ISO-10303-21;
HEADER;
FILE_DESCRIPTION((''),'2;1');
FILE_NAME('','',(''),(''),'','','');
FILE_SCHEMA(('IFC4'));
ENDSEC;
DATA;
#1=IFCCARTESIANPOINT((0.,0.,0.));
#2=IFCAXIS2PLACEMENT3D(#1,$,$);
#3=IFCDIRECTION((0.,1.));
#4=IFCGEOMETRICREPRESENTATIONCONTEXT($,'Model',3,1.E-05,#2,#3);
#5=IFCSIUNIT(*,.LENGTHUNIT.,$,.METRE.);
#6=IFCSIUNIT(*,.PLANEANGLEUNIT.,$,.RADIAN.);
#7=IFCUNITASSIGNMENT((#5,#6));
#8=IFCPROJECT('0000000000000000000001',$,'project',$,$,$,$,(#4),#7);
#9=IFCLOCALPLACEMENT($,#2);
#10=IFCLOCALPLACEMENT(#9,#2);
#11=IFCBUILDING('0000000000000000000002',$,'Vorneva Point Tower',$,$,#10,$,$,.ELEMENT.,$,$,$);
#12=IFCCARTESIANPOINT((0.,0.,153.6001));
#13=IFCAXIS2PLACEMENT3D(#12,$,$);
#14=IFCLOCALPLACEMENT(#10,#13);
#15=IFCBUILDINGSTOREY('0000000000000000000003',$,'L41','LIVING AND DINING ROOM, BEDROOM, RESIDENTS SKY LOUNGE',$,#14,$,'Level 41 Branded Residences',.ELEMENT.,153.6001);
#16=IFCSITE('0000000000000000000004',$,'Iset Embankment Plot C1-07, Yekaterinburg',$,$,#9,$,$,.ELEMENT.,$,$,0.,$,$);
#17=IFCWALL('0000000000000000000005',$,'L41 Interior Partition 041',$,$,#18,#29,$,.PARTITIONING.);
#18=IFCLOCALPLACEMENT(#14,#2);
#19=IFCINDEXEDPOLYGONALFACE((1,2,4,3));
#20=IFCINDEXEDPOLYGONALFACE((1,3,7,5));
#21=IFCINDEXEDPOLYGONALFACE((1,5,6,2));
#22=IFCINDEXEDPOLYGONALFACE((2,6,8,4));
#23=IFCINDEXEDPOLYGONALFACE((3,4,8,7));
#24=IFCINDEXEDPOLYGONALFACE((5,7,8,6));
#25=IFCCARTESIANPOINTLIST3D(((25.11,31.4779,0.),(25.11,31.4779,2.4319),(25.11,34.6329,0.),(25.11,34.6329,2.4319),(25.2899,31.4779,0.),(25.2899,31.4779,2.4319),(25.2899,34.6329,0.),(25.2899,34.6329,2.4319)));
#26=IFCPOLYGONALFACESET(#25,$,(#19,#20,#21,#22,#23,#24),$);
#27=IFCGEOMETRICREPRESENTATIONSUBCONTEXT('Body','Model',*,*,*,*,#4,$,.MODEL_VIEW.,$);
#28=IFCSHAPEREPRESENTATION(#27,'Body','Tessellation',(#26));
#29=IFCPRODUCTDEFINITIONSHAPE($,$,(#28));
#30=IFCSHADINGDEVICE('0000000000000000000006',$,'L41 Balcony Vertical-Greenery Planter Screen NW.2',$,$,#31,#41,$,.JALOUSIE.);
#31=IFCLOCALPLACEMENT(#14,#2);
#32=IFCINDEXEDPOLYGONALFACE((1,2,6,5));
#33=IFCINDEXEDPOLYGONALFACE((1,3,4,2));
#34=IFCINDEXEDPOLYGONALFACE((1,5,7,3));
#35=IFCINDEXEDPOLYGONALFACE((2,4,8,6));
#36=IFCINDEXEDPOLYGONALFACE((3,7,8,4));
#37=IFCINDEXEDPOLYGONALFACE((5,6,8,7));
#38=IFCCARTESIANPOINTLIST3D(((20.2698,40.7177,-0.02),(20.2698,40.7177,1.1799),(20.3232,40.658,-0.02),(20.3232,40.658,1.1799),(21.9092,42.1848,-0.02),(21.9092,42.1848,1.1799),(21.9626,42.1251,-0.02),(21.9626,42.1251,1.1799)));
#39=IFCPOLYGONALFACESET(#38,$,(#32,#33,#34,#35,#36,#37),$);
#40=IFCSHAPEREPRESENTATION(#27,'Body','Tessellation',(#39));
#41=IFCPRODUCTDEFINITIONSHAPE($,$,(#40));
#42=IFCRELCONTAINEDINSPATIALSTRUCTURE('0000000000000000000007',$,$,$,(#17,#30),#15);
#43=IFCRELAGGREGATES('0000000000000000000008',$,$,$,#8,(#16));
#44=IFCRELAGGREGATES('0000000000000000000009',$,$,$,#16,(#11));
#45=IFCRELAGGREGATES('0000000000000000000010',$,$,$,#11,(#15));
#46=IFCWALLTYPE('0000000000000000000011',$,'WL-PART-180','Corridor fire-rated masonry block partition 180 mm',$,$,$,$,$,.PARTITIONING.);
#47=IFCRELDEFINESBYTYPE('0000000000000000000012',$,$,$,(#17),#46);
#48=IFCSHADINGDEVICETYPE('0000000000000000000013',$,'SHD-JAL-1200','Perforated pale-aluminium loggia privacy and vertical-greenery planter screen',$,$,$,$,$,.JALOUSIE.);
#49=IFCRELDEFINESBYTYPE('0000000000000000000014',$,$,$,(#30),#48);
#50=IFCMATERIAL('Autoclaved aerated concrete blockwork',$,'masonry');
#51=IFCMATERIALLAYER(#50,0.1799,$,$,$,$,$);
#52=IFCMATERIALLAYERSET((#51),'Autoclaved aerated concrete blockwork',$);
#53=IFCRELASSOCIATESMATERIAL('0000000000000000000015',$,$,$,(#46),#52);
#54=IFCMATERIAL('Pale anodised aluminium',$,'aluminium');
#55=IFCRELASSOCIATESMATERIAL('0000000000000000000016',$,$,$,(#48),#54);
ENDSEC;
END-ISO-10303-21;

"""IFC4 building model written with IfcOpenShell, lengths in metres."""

from ifc_helpers import new_model, si_unit, direction, frame, frame_2d, origin, origin_2d, place, context, subcontext, project, spatial, rectangle, extrude, material, layer, layer_set, type_object, element, save


model = new_model("IFC4")

# Units and contexts
model_context = context("Model", 3, precision=1e-05, world=origin(), true_north=direction((0.0, 1.0)))
body_context = subcontext(model_context, "Body", "Model", "MODEL_VIEW")
ifc_project = project(units=[si_unit("LENGTHUNIT", "METRE"), si_unit("PLANEANGLEUNIT", "RADIAN")], contexts=[model_context])

# Site, building, storey
site_placement = place(None, origin())
site = spatial("IfcSite", under=ifc_project, at=site_placement, Name="Iset Embankment Plot C1-07, Yekaterinburg", CompositionType="ELEMENT", RefElevation=0.0)
building_placement = place(site_placement, origin())
building = spatial("IfcBuilding", under=site, at=building_placement, Name="Vorneva Point Tower", CompositionType="ELEMENT")
storey_placement = place(building_placement, frame((0.0, 0.0, 153.6001)))
storey = spatial("IfcBuildingStorey", under=building, at=storey_placement, Name="L41", Description="LIVING AND DINING ROOM, BEDROOM, RESIDENTS SKY LOUNGE", LongName="Level 41 Branded Residences", CompositionType="ELEMENT", Elevation=153.6001)

# Shared definitions
ifc_material_1 = material(Name="Pale anodised aluminium", Category="aluminium")

# Wall
ifc_material_2 = material(Name="Autoclaved aerated concrete blockwork", Category="masonry")
ifc_layer_1 = layer(ifc_material_2, 0.1799)
ifc_layer_set_1 = layer_set([ifc_layer_1], Name="Autoclaved aerated concrete blockwork")
wall_type_1 = type_object("IfcWallType", Name="WL-PART-180", Description="Corridor fire-rated masonry block partition 180 mm", PredefinedType="PARTITIONING", material=ifc_layer_set_1)
wall_1_placement = place(storey_placement, frame((25.2, 34.6331, 0.0), z_axis=(0.0, 0.0, 1.0), x_axis=(0.0, -1.0, 0.0)))
element("IfcWall", 1, at=wall_1_placement, inside=storey, type_object=wall_type_1, Name="L41 Interior Partition 041", PredefinedType="PARTITIONING", context=body_context, shape_type="SweptSolid", body=[
    extrude(rectangle(XDim=3.155, YDim=0.1799, at=frame_2d((1.5776, 0.0))), origin(), (0.0, 0.0, 1.0), 2.4319),
])

# Shading device
shading_device_type = type_object("IfcShadingDeviceType", Name="SHD-JAL-1200", Description="Perforated pale-aluminium loggia privacy and vertical-greenery planter screen", PredefinedType="JALOUSIE", material=ifc_material_1)
shading_device_placement = place(storey_placement, frame((21.1162, 41.4214, -0.02), z_axis=(0.0, 0.0, 1.0), x_axis=(-0.745173, -0.666871, 0.0)))
element("IfcShadingDevice", 2, at=shading_device_placement, inside=storey, type_object=shading_device_type, Name="L41 Balcony Vertical-Greenery Planter Screen NW.2", PredefinedType="JALOUSIE", context=body_context, shape_type="SweptSolid", body=[
    extrude(rectangle(XDim=2.2, YDim=0.0801, at=origin_2d()), origin(), (0.0, 0.0, 1.0), 1.2),
])

save(model, "model.ifc")
